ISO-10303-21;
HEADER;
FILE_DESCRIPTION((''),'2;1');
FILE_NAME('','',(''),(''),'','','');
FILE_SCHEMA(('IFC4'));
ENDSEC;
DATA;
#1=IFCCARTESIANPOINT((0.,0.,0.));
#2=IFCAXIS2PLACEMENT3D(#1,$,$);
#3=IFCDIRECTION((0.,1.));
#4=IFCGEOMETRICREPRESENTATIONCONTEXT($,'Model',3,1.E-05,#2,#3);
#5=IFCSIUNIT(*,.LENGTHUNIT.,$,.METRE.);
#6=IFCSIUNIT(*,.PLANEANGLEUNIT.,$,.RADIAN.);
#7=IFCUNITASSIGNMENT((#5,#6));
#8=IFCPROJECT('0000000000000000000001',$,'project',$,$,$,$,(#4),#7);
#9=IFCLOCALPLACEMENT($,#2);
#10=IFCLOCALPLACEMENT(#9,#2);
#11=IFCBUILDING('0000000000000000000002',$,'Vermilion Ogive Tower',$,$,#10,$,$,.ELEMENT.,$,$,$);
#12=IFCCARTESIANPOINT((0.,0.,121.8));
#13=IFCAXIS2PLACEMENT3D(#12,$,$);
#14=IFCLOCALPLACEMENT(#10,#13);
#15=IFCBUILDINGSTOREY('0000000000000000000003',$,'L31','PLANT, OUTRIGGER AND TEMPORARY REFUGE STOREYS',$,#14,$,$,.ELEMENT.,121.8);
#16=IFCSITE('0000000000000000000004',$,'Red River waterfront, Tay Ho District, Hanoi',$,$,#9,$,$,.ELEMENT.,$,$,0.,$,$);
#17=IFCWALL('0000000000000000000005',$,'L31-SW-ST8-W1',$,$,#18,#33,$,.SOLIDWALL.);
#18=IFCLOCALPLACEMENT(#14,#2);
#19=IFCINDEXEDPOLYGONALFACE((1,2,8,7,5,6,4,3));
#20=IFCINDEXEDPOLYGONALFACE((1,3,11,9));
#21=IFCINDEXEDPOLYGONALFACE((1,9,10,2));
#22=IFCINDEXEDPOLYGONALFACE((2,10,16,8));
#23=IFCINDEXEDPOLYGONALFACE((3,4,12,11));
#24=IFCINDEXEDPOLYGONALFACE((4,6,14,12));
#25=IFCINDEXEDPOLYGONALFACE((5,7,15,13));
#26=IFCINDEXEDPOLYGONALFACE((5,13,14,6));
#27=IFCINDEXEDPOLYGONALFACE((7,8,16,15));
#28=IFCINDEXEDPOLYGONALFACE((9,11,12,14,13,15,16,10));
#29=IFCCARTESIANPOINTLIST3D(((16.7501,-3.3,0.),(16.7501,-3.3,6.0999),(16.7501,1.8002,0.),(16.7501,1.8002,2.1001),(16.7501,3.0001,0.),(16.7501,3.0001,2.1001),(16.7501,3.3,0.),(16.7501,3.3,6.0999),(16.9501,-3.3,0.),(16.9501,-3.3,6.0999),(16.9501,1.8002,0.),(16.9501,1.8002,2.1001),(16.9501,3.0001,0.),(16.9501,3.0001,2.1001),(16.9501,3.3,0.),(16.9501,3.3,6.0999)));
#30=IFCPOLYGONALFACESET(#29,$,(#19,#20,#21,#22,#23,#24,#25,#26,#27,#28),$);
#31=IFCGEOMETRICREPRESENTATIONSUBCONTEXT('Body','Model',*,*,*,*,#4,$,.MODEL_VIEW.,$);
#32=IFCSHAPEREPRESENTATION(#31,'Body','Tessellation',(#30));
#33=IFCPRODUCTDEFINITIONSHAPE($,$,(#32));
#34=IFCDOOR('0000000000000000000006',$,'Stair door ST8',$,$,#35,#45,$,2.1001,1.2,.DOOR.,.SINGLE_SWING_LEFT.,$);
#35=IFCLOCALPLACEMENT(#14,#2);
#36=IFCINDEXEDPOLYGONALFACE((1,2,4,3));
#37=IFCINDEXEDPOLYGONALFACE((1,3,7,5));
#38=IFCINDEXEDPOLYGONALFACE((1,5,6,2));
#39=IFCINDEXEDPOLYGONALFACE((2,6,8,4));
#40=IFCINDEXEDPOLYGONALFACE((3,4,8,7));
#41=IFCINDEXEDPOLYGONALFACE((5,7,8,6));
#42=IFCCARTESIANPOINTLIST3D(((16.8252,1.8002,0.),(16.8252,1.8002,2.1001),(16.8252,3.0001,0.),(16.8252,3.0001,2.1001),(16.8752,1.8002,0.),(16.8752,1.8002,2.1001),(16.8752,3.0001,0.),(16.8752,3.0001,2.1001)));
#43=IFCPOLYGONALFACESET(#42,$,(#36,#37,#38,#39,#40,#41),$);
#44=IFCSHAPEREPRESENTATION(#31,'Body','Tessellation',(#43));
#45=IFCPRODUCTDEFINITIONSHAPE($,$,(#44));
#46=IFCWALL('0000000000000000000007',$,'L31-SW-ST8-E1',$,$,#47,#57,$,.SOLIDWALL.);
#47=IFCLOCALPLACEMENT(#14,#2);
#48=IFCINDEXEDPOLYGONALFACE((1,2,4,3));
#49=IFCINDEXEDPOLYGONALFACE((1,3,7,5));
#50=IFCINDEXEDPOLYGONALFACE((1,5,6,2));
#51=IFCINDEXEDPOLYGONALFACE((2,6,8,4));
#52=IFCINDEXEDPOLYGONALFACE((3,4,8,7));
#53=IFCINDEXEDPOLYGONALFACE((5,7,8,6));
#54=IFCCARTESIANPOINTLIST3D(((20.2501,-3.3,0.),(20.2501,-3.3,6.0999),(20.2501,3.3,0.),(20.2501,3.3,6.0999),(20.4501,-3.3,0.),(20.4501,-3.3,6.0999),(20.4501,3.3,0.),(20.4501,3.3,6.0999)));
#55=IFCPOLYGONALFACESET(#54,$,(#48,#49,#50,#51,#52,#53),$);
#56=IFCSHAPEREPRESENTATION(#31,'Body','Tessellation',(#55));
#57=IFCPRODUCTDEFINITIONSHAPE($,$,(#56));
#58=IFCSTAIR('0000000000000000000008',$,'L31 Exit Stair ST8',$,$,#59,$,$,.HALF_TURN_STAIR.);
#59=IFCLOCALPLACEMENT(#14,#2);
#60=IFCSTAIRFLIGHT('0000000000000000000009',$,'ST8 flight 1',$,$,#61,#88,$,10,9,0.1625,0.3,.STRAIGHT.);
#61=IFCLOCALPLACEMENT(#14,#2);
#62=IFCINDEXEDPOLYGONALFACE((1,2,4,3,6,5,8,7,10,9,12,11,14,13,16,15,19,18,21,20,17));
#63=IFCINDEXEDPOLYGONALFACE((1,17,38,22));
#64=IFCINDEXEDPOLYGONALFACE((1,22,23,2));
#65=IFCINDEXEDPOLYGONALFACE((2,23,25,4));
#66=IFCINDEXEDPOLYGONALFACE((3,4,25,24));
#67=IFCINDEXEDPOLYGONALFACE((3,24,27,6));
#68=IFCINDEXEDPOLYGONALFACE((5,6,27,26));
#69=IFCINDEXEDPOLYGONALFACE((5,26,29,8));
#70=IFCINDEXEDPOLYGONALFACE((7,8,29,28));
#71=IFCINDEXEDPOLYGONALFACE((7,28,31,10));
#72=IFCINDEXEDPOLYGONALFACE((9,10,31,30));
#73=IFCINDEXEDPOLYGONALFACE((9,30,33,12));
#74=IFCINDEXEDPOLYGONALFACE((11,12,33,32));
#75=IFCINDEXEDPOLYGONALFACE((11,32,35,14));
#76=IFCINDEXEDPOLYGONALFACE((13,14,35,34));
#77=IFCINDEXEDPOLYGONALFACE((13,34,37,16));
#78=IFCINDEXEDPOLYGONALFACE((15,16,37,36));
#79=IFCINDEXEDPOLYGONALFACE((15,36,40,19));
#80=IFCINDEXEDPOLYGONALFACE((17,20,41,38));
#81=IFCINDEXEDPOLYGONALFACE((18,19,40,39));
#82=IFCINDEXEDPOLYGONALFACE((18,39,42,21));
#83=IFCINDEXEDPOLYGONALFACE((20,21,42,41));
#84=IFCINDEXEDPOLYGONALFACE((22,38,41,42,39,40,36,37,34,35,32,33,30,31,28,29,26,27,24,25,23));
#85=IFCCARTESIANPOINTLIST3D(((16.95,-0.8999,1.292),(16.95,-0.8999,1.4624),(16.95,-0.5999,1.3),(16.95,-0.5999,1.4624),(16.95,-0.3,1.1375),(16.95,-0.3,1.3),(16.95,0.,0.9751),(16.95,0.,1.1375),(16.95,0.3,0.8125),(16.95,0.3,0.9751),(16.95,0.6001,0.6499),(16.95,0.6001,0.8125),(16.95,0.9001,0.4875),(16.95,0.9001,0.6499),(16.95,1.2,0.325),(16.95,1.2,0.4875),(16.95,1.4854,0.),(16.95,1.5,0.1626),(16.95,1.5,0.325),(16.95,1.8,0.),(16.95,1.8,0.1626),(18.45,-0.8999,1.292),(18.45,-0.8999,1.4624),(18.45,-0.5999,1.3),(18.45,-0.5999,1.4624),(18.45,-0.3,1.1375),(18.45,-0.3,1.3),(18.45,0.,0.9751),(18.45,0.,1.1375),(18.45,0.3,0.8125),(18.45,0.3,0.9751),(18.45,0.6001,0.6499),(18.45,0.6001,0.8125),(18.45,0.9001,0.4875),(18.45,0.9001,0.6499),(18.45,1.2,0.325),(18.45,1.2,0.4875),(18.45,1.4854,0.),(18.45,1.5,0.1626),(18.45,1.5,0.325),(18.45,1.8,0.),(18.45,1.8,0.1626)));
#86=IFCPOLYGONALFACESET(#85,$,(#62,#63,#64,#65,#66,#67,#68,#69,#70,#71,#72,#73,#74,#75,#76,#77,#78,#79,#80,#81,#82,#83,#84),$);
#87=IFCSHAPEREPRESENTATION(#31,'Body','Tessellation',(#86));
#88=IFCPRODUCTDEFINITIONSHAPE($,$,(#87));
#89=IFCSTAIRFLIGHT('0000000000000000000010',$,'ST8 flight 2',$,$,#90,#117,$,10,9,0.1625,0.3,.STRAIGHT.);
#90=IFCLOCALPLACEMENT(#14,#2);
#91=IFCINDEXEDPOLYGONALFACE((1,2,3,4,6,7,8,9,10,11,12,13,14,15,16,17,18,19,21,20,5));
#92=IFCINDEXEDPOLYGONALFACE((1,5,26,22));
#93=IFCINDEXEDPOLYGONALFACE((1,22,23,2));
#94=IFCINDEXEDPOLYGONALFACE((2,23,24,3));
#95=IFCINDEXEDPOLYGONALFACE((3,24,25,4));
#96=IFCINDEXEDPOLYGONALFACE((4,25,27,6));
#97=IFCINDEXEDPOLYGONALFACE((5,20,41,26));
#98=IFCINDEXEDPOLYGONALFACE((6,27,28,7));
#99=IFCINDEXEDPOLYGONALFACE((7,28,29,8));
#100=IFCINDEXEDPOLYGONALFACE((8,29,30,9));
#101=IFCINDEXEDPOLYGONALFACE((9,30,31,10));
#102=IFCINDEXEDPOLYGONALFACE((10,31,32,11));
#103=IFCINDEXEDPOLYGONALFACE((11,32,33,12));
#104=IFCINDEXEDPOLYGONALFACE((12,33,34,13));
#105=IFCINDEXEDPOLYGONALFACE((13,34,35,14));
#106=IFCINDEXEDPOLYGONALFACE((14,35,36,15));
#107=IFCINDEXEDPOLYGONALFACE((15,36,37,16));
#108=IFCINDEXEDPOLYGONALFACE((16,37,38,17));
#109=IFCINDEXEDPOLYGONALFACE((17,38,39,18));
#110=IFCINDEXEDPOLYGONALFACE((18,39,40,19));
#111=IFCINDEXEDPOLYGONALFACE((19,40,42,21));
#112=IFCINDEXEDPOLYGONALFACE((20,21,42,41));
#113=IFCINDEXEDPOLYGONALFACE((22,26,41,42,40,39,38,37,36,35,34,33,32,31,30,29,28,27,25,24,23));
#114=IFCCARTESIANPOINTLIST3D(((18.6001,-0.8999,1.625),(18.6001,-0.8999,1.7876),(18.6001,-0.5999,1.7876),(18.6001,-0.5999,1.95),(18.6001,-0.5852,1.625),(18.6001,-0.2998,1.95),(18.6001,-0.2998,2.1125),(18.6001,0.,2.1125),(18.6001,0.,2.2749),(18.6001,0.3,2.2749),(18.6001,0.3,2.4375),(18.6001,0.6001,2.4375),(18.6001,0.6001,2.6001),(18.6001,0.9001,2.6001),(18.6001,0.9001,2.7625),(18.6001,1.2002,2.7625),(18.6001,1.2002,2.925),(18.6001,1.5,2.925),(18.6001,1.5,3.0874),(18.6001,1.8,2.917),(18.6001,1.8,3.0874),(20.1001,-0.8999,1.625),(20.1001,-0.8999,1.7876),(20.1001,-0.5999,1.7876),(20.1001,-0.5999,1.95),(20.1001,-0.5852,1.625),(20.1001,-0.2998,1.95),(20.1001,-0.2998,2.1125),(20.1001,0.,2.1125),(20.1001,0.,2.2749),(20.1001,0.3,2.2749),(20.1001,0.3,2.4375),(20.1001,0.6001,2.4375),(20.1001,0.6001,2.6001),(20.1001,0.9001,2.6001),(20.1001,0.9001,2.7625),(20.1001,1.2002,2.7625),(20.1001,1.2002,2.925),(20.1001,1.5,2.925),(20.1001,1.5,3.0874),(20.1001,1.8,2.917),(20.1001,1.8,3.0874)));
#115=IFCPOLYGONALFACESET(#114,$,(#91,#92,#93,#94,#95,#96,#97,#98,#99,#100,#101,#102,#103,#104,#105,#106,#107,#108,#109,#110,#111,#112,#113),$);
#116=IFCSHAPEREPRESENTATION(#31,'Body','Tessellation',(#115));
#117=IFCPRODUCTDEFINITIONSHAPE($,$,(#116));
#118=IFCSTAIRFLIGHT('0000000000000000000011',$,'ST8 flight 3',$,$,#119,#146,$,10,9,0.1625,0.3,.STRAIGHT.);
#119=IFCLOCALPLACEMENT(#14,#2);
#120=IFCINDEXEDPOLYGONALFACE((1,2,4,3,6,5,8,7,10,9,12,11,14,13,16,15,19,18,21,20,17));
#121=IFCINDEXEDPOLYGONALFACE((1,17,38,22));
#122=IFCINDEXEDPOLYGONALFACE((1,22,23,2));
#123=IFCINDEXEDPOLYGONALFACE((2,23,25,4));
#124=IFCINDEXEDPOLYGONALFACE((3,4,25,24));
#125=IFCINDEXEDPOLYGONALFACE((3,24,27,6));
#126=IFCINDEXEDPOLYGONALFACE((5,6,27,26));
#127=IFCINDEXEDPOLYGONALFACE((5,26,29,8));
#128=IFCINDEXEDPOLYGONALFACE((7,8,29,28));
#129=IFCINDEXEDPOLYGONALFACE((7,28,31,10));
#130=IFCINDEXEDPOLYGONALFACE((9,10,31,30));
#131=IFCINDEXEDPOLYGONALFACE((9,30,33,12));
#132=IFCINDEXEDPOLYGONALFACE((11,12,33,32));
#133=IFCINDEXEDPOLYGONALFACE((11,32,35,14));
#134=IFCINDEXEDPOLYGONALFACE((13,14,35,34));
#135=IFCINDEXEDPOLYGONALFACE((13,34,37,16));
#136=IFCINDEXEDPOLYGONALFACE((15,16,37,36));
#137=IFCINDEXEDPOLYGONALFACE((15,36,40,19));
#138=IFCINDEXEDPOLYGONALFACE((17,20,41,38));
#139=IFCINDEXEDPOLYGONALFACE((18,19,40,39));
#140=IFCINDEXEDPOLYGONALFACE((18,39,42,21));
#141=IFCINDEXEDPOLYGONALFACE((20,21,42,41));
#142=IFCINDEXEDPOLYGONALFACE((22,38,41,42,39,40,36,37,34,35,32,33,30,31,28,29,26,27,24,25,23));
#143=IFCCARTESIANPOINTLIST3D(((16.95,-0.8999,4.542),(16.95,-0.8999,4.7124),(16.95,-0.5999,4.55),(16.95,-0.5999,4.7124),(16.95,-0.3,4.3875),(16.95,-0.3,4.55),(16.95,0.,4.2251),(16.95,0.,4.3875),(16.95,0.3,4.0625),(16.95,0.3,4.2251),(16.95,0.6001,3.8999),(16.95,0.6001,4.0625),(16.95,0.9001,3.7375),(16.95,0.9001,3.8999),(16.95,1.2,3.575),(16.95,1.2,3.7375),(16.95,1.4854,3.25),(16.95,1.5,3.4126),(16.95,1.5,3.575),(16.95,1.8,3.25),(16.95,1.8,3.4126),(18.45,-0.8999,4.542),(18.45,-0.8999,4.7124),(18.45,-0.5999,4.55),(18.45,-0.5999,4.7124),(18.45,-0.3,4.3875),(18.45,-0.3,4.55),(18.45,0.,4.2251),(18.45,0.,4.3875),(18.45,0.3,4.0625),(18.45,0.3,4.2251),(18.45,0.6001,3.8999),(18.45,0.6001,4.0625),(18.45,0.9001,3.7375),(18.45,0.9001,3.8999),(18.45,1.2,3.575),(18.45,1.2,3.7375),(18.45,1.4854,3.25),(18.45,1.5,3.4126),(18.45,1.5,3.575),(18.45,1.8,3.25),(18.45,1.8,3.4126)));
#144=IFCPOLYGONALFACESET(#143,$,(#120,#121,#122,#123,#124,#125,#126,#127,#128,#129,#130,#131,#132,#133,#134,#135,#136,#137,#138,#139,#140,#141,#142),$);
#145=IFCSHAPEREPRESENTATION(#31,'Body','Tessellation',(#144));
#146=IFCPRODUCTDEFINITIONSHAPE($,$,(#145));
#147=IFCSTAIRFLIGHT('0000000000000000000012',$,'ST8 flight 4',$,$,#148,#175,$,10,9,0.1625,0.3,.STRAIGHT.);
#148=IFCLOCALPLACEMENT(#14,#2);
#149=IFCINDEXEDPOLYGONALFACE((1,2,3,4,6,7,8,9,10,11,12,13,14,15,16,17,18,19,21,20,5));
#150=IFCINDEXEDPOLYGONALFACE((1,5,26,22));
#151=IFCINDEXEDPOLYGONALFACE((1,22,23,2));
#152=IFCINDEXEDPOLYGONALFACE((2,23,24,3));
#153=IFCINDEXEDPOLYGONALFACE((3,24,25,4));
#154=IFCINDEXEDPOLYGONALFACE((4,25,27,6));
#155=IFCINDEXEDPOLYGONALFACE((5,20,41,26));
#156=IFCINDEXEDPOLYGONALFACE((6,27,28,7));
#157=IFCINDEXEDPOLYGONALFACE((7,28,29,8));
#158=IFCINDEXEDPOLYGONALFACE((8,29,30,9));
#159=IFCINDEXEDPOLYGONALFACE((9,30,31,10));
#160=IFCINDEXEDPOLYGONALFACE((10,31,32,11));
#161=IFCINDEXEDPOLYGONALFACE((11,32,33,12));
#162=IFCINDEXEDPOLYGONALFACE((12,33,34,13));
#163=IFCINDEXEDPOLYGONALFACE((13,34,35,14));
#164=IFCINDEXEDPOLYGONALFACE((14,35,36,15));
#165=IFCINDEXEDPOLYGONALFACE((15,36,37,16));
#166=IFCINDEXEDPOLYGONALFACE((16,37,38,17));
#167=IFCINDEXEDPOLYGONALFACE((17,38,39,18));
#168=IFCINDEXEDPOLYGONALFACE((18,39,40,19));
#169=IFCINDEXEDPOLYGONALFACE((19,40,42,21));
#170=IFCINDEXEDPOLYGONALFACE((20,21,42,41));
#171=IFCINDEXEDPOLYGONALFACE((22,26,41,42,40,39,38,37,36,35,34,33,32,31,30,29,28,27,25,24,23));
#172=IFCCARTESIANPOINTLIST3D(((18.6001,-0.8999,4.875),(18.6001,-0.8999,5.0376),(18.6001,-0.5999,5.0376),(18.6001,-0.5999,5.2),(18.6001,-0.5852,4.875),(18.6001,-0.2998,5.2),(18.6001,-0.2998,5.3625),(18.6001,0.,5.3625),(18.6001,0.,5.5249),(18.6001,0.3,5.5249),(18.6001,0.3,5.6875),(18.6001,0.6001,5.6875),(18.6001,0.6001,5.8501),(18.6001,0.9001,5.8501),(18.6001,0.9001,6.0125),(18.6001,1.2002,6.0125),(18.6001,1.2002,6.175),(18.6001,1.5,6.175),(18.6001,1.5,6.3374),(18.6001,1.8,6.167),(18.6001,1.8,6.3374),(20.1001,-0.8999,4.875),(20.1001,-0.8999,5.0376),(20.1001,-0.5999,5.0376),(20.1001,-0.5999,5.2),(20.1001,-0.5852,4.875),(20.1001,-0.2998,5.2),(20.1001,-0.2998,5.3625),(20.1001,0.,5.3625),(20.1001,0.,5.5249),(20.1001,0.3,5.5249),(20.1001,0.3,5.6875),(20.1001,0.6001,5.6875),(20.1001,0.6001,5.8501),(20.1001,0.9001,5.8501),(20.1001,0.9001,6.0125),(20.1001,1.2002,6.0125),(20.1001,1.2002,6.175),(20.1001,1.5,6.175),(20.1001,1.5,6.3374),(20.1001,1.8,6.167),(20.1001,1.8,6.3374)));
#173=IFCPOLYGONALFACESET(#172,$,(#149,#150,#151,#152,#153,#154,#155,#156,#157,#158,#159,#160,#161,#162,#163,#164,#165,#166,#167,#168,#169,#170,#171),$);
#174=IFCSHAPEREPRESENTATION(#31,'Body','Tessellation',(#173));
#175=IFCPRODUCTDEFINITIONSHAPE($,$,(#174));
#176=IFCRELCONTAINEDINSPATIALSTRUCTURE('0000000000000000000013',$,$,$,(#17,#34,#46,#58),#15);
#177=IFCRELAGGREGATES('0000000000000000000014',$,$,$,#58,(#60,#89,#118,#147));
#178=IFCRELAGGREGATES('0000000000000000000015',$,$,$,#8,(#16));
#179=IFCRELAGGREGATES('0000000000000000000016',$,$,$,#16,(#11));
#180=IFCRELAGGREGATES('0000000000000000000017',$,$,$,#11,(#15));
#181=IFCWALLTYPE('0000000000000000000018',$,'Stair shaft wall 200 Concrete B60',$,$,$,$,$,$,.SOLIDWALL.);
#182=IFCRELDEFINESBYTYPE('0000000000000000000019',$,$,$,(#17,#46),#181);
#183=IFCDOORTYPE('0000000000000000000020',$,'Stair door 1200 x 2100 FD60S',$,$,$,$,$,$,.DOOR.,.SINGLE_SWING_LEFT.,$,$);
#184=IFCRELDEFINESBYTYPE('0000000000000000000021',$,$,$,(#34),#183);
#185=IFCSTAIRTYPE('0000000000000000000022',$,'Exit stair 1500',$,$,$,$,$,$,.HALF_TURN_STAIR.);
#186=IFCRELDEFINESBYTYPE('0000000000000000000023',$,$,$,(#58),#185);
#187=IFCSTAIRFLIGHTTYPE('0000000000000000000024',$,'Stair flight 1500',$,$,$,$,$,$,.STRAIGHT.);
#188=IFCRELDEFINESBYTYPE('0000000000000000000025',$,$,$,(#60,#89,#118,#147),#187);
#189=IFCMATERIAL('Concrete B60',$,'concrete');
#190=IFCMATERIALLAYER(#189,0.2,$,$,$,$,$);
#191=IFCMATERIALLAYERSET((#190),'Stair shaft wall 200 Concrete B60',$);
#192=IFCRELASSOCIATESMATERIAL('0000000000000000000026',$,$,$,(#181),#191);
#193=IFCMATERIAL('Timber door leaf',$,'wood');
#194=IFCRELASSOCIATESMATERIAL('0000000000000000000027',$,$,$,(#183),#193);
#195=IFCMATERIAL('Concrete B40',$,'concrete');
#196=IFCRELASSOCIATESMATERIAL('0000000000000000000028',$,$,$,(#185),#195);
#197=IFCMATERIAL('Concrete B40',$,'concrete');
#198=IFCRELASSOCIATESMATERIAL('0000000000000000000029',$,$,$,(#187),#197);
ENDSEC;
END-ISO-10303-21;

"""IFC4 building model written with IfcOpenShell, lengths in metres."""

from ifc_helpers import new_model, si_unit, direction, frame, frame_2d, origin, place, context, subcontext, project, spatial, polyline, rectangle, outline, extrude, material, layer, layer_set, type_object, element, fill, aggregate, save


model = new_model("IFC4")

# Units and contexts
model_context = context("Model", 3, precision=1e-05, world=origin(), true_north=direction((0.0, 1.0)))
body_context = subcontext(model_context, "Body", "Model", "MODEL_VIEW")
ifc_project = project(units=[si_unit("LENGTHUNIT", "METRE"), si_unit("PLANEANGLEUNIT", "RADIAN")], contexts=[model_context])

# Site, building, storey
site_placement = place(None, origin())
site = spatial("IfcSite", under=ifc_project, at=site_placement, Name="Red River waterfront, Tay Ho District, Hanoi", CompositionType="ELEMENT", RefElevation=0.0)
building_placement = place(site_placement, origin())
building = spatial("IfcBuilding", under=site, at=building_placement, Name="Vermilion Ogive Tower", CompositionType="ELEMENT")
storey_placement = place(building_placement, frame((0.0, 0.0, 121.8)))
storey = spatial("IfcBuildingStorey", under=building, at=storey_placement, Name="L31", Description="PLANT, OUTRIGGER AND TEMPORARY REFUGE STOREYS", CompositionType="ELEMENT", Elevation=121.8)

# Shared definitions
ifc_material_1 = material(Name="Concrete B60", Category="concrete")
ifc_layer_1 = layer(ifc_material_1, 0.2)
ifc_layer_set_1 = layer_set([ifc_layer_1], Name="Stair shaft wall 200 Concrete B60")
wall_type = type_object("IfcWallType", Name="Stair shaft wall 200 Concrete B60", PredefinedType="SOLIDWALL", material=ifc_layer_set_1)

# Wall, opening, door
wall_1_placement = place(storey_placement, frame((16.8501, -3.3, 0.0), z_axis=(0.0, 0.0, 1.0), x_axis=(0.0, 1.0, 0.0)))
wall_1 = element("IfcWall", 1, at=wall_1_placement, inside=storey, type_object=wall_type, Name="L31-SW-ST8-W1", PredefinedType="SOLIDWALL", context=body_context, shape_type="SweptSolid", body=[
    extrude(rectangle(XDim=6.6001, YDim=0.2, at=frame_2d((3.3, 0.0))), origin(), (0.0, 0.0, 1.0), 6.0999),
])
opening_placement = place(wall_1_placement, frame((5.1001, 0.0, 0.0)))
opening = element("IfcOpeningElement", 2, at=opening_placement, cuts=wall_1, PredefinedType="OPENING", context=body_context, shape_type="SweptSolid", body=[
    extrude(rectangle(XDim=1.2, YDim=2.1001, at=frame_2d((0.6001, 1.05))), frame((0.0, 0.1099, 0.0), z_axis=(0.0, -1.0, 0.0), x_axis=(1.0, 0.0, 0.0)), (0.0, 0.0, 1.0), 0.22),
])
ifc_material_2 = material(Name="Timber door leaf", Category="wood")
door_type = type_object("IfcDoorType", Name="Stair door 1200 x 2100 FD60S", OperationType="SINGLE_SWING_LEFT", PredefinedType="DOOR", material=ifc_material_2)
door_placement = place(opening_placement, origin())
door = element("IfcDoor", 3, at=door_placement, inside=storey, type_object=door_type, Name="Stair door ST8", OperationType="SINGLE_SWING_LEFT", OverallHeight=2.1001, OverallWidth=1.2, PredefinedType="DOOR", context=body_context, shape_type="SweptSolid", body=[
    extrude(rectangle(XDim=1.2, YDim=2.1001, at=frame_2d((0.6001, 1.05))), frame((0.0, 0.0249, 0.0), z_axis=(0.0, -1.0, 0.0), x_axis=(1.0, 0.0, 0.0)), (0.0, 0.0, 1.0), 0.05),
])
fill(opening, door)

# Wall
wall_2_placement = place(storey_placement, frame((20.3501, -3.3, 0.0), z_axis=(0.0, 0.0, 1.0), x_axis=(0.0, 1.0, 0.0)))
element("IfcWall", 4, at=wall_2_placement, inside=storey, type_object=wall_type, Name="L31-SW-ST8-E1", PredefinedType="SOLIDWALL", context=body_context, shape_type="SweptSolid", body=[
    extrude(rectangle(XDim=6.6001, YDim=0.2, at=frame_2d((3.3, 0.0))), origin(), (0.0, 0.0, 1.0), 6.0999),
])

# Stair, stair flights
ifc_material_3 = material(Name="Concrete B40", Category="concrete")
stair_type = type_object("IfcStairType", Name="Exit stair 1500", PredefinedType="HALF_TURN_STAIR", material=ifc_material_3)
stair_placement = place(storey_placement, origin())
stair = element("IfcStair", 5, at=stair_placement, inside=storey, type_object=stair_type, Name="L31 Exit Stair ST8", PredefinedType="HALF_TURN_STAIR")
ifc_material_4 = material(Name="Concrete B40", Category="concrete")
stair_flight_type = type_object("IfcStairFlightType", Name="Stair flight 1500", PredefinedType="STRAIGHT", material=ifc_material_4)
stair_flight_1_placement = place(storey_placement, frame((17.7, 1.8, 0.0), z_axis=(0.0, 0.0, 1.0), x_axis=(0.0, -1.0, 0.0)))
stair_flight_1 = element("IfcStairFlight", 6, at=stair_flight_1_placement, type_object=stair_flight_type, Name="ST8 flight 1", NumberOfRisers=10, NumberOfTreads=9, PredefinedType="STRAIGHT", RiserHeight=0.1625, TreadLength=0.3, context=body_context, shape_type="SweptSolid", body=[
    extrude(outline(polyline([(0.0, 0.0), (0.0, 0.1626), (0.3, 0.1626), (0.3, 0.325), (0.6001, 0.325), (0.6001, 0.4875), (0.8999, 0.4875), (0.8999, 0.6499), (1.2, 0.6499), (1.2, 0.8125), (1.5, 0.8125), (1.5, 0.9751), (1.8, 0.9751), (1.8, 1.1375), (2.1001, 1.1375), (2.1001, 1.3), (2.3999, 1.3), (2.3999, 1.4624), (2.7, 1.4624), (2.7, 1.625), (2.7, 1.292), (0.3147, 0.0), (0.0, 0.0)])), frame((0.0, 0.75, 0.0), z_axis=(0.0, -1.0, 0.0), x_axis=(1.0, 0.0, 0.0)), (0.0, 0.0, 1.0), 1.5),
])
stair_flight_2_placement = place(storey_placement, frame((19.3501, -0.8999, 1.625), z_axis=(0.0, 0.0, 1.0), x_axis=(0.0, 1.0, 0.0)))
stair_flight_2 = element("IfcStairFlight", 7, at=stair_flight_2_placement, type_object=stair_flight_type, Name="ST8 flight 2", NumberOfRisers=10, NumberOfTreads=9, PredefinedType="STRAIGHT", RiserHeight=0.1625, TreadLength=0.3, context=body_context, shape_type="SweptSolid", body=[
    extrude(outline(polyline([(0.0, 0.0), (0.0, 0.1626), (0.3, 0.1626), (0.3, 0.325), (0.6001, 0.325), (0.6001, 0.4875), (0.8999, 0.4875), (0.8999, 0.6499), (1.2, 0.6499), (1.2, 0.8125), (1.5, 0.8125), (1.5, 0.9751), (1.8, 0.9751), (1.8, 1.1375), (2.1001, 1.1375), (2.1001, 1.3), (2.3999, 1.3), (2.3999, 1.4624), (2.7, 1.4624), (2.7, 1.625), (2.7, 1.292), (0.3147, 0.0), (0.0, 0.0)])), frame((0.0, 0.75, 0.0), z_axis=(0.0, -1.0, 0.0), x_axis=(1.0, 0.0, 0.0)), (0.0, 0.0, 1.0), 1.5),
])
stair_flight_3_placement = place(storey_placement, frame((17.7, 1.8, 3.25), z_axis=(0.0, 0.0, 1.0), x_axis=(0.0, -1.0, 0.0)))
stair_flight_3 = element("IfcStairFlight", 8, at=stair_flight_3_placement, type_object=stair_flight_type, Name="ST8 flight 3", NumberOfRisers=10, NumberOfTreads=9, PredefinedType="STRAIGHT", RiserHeight=0.1625, TreadLength=0.3, context=body_context, shape_type="SweptSolid", body=[
    extrude(outline(polyline([(0.0, 0.0), (0.0, 0.1626), (0.3, 0.1626), (0.3, 0.325), (0.6001, 0.325), (0.6001, 0.4875), (0.8999, 0.4875), (0.8999, 0.6499), (1.2, 0.6499), (1.2, 0.8125), (1.5, 0.8125), (1.5, 0.9751), (1.8, 0.9751), (1.8, 1.1375), (2.1001, 1.1375), (2.1001, 1.3), (2.3999, 1.3), (2.3999, 1.4624), (2.7, 1.4624), (2.7, 1.625), (2.7, 1.292), (0.3147, 0.0), (0.0, 0.0)])), frame((0.0, 0.75, 0.0), z_axis=(0.0, -1.0, 0.0), x_axis=(1.0, 0.0, 0.0)), (0.0, 0.0, 1.0), 1.5),
])
stair_flight_4_placement = place(storey_placement, frame((19.3501, -0.8999, 4.875), z_axis=(0.0, 0.0, 1.0), x_axis=(0.0, 1.0, 0.0)))
stair_flight_4 = element("IfcStairFlight", 9, at=stair_flight_4_placement, type_object=stair_flight_type, Name="ST8 flight 4", NumberOfRisers=10, NumberOfTreads=9, PredefinedType="STRAIGHT", RiserHeight=0.1625, TreadLength=0.3, context=body_context, shape_type="SweptSolid", body=[
    extrude(outline(polyline([(0.0, 0.0), (0.0, 0.1626), (0.3, 0.1626), (0.3, 0.325), (0.6001, 0.325), (0.6001, 0.4875), (0.8999, 0.4875), (0.8999, 0.6499), (1.2, 0.6499), (1.2, 0.8125), (1.5, 0.8125), (1.5, 0.9751), (1.8, 0.9751), (1.8, 1.1375), (2.1001, 1.1375), (2.1001, 1.3), (2.3999, 1.3), (2.3999, 1.4624), (2.7, 1.4624), (2.7, 1.625), (2.7, 1.292), (0.3147, 0.0), (0.0, 0.0)])), frame((0.0, 0.75, 0.0), z_axis=(0.0, -1.0, 0.0), x_axis=(1.0, 0.0, 0.0)), (0.0, 0.0, 1.0), 1.5),
])
aggregate(stair, [stair_flight_1, stair_flight_2, stair_flight_3, stair_flight_4])

save(model, "model.ifc")
